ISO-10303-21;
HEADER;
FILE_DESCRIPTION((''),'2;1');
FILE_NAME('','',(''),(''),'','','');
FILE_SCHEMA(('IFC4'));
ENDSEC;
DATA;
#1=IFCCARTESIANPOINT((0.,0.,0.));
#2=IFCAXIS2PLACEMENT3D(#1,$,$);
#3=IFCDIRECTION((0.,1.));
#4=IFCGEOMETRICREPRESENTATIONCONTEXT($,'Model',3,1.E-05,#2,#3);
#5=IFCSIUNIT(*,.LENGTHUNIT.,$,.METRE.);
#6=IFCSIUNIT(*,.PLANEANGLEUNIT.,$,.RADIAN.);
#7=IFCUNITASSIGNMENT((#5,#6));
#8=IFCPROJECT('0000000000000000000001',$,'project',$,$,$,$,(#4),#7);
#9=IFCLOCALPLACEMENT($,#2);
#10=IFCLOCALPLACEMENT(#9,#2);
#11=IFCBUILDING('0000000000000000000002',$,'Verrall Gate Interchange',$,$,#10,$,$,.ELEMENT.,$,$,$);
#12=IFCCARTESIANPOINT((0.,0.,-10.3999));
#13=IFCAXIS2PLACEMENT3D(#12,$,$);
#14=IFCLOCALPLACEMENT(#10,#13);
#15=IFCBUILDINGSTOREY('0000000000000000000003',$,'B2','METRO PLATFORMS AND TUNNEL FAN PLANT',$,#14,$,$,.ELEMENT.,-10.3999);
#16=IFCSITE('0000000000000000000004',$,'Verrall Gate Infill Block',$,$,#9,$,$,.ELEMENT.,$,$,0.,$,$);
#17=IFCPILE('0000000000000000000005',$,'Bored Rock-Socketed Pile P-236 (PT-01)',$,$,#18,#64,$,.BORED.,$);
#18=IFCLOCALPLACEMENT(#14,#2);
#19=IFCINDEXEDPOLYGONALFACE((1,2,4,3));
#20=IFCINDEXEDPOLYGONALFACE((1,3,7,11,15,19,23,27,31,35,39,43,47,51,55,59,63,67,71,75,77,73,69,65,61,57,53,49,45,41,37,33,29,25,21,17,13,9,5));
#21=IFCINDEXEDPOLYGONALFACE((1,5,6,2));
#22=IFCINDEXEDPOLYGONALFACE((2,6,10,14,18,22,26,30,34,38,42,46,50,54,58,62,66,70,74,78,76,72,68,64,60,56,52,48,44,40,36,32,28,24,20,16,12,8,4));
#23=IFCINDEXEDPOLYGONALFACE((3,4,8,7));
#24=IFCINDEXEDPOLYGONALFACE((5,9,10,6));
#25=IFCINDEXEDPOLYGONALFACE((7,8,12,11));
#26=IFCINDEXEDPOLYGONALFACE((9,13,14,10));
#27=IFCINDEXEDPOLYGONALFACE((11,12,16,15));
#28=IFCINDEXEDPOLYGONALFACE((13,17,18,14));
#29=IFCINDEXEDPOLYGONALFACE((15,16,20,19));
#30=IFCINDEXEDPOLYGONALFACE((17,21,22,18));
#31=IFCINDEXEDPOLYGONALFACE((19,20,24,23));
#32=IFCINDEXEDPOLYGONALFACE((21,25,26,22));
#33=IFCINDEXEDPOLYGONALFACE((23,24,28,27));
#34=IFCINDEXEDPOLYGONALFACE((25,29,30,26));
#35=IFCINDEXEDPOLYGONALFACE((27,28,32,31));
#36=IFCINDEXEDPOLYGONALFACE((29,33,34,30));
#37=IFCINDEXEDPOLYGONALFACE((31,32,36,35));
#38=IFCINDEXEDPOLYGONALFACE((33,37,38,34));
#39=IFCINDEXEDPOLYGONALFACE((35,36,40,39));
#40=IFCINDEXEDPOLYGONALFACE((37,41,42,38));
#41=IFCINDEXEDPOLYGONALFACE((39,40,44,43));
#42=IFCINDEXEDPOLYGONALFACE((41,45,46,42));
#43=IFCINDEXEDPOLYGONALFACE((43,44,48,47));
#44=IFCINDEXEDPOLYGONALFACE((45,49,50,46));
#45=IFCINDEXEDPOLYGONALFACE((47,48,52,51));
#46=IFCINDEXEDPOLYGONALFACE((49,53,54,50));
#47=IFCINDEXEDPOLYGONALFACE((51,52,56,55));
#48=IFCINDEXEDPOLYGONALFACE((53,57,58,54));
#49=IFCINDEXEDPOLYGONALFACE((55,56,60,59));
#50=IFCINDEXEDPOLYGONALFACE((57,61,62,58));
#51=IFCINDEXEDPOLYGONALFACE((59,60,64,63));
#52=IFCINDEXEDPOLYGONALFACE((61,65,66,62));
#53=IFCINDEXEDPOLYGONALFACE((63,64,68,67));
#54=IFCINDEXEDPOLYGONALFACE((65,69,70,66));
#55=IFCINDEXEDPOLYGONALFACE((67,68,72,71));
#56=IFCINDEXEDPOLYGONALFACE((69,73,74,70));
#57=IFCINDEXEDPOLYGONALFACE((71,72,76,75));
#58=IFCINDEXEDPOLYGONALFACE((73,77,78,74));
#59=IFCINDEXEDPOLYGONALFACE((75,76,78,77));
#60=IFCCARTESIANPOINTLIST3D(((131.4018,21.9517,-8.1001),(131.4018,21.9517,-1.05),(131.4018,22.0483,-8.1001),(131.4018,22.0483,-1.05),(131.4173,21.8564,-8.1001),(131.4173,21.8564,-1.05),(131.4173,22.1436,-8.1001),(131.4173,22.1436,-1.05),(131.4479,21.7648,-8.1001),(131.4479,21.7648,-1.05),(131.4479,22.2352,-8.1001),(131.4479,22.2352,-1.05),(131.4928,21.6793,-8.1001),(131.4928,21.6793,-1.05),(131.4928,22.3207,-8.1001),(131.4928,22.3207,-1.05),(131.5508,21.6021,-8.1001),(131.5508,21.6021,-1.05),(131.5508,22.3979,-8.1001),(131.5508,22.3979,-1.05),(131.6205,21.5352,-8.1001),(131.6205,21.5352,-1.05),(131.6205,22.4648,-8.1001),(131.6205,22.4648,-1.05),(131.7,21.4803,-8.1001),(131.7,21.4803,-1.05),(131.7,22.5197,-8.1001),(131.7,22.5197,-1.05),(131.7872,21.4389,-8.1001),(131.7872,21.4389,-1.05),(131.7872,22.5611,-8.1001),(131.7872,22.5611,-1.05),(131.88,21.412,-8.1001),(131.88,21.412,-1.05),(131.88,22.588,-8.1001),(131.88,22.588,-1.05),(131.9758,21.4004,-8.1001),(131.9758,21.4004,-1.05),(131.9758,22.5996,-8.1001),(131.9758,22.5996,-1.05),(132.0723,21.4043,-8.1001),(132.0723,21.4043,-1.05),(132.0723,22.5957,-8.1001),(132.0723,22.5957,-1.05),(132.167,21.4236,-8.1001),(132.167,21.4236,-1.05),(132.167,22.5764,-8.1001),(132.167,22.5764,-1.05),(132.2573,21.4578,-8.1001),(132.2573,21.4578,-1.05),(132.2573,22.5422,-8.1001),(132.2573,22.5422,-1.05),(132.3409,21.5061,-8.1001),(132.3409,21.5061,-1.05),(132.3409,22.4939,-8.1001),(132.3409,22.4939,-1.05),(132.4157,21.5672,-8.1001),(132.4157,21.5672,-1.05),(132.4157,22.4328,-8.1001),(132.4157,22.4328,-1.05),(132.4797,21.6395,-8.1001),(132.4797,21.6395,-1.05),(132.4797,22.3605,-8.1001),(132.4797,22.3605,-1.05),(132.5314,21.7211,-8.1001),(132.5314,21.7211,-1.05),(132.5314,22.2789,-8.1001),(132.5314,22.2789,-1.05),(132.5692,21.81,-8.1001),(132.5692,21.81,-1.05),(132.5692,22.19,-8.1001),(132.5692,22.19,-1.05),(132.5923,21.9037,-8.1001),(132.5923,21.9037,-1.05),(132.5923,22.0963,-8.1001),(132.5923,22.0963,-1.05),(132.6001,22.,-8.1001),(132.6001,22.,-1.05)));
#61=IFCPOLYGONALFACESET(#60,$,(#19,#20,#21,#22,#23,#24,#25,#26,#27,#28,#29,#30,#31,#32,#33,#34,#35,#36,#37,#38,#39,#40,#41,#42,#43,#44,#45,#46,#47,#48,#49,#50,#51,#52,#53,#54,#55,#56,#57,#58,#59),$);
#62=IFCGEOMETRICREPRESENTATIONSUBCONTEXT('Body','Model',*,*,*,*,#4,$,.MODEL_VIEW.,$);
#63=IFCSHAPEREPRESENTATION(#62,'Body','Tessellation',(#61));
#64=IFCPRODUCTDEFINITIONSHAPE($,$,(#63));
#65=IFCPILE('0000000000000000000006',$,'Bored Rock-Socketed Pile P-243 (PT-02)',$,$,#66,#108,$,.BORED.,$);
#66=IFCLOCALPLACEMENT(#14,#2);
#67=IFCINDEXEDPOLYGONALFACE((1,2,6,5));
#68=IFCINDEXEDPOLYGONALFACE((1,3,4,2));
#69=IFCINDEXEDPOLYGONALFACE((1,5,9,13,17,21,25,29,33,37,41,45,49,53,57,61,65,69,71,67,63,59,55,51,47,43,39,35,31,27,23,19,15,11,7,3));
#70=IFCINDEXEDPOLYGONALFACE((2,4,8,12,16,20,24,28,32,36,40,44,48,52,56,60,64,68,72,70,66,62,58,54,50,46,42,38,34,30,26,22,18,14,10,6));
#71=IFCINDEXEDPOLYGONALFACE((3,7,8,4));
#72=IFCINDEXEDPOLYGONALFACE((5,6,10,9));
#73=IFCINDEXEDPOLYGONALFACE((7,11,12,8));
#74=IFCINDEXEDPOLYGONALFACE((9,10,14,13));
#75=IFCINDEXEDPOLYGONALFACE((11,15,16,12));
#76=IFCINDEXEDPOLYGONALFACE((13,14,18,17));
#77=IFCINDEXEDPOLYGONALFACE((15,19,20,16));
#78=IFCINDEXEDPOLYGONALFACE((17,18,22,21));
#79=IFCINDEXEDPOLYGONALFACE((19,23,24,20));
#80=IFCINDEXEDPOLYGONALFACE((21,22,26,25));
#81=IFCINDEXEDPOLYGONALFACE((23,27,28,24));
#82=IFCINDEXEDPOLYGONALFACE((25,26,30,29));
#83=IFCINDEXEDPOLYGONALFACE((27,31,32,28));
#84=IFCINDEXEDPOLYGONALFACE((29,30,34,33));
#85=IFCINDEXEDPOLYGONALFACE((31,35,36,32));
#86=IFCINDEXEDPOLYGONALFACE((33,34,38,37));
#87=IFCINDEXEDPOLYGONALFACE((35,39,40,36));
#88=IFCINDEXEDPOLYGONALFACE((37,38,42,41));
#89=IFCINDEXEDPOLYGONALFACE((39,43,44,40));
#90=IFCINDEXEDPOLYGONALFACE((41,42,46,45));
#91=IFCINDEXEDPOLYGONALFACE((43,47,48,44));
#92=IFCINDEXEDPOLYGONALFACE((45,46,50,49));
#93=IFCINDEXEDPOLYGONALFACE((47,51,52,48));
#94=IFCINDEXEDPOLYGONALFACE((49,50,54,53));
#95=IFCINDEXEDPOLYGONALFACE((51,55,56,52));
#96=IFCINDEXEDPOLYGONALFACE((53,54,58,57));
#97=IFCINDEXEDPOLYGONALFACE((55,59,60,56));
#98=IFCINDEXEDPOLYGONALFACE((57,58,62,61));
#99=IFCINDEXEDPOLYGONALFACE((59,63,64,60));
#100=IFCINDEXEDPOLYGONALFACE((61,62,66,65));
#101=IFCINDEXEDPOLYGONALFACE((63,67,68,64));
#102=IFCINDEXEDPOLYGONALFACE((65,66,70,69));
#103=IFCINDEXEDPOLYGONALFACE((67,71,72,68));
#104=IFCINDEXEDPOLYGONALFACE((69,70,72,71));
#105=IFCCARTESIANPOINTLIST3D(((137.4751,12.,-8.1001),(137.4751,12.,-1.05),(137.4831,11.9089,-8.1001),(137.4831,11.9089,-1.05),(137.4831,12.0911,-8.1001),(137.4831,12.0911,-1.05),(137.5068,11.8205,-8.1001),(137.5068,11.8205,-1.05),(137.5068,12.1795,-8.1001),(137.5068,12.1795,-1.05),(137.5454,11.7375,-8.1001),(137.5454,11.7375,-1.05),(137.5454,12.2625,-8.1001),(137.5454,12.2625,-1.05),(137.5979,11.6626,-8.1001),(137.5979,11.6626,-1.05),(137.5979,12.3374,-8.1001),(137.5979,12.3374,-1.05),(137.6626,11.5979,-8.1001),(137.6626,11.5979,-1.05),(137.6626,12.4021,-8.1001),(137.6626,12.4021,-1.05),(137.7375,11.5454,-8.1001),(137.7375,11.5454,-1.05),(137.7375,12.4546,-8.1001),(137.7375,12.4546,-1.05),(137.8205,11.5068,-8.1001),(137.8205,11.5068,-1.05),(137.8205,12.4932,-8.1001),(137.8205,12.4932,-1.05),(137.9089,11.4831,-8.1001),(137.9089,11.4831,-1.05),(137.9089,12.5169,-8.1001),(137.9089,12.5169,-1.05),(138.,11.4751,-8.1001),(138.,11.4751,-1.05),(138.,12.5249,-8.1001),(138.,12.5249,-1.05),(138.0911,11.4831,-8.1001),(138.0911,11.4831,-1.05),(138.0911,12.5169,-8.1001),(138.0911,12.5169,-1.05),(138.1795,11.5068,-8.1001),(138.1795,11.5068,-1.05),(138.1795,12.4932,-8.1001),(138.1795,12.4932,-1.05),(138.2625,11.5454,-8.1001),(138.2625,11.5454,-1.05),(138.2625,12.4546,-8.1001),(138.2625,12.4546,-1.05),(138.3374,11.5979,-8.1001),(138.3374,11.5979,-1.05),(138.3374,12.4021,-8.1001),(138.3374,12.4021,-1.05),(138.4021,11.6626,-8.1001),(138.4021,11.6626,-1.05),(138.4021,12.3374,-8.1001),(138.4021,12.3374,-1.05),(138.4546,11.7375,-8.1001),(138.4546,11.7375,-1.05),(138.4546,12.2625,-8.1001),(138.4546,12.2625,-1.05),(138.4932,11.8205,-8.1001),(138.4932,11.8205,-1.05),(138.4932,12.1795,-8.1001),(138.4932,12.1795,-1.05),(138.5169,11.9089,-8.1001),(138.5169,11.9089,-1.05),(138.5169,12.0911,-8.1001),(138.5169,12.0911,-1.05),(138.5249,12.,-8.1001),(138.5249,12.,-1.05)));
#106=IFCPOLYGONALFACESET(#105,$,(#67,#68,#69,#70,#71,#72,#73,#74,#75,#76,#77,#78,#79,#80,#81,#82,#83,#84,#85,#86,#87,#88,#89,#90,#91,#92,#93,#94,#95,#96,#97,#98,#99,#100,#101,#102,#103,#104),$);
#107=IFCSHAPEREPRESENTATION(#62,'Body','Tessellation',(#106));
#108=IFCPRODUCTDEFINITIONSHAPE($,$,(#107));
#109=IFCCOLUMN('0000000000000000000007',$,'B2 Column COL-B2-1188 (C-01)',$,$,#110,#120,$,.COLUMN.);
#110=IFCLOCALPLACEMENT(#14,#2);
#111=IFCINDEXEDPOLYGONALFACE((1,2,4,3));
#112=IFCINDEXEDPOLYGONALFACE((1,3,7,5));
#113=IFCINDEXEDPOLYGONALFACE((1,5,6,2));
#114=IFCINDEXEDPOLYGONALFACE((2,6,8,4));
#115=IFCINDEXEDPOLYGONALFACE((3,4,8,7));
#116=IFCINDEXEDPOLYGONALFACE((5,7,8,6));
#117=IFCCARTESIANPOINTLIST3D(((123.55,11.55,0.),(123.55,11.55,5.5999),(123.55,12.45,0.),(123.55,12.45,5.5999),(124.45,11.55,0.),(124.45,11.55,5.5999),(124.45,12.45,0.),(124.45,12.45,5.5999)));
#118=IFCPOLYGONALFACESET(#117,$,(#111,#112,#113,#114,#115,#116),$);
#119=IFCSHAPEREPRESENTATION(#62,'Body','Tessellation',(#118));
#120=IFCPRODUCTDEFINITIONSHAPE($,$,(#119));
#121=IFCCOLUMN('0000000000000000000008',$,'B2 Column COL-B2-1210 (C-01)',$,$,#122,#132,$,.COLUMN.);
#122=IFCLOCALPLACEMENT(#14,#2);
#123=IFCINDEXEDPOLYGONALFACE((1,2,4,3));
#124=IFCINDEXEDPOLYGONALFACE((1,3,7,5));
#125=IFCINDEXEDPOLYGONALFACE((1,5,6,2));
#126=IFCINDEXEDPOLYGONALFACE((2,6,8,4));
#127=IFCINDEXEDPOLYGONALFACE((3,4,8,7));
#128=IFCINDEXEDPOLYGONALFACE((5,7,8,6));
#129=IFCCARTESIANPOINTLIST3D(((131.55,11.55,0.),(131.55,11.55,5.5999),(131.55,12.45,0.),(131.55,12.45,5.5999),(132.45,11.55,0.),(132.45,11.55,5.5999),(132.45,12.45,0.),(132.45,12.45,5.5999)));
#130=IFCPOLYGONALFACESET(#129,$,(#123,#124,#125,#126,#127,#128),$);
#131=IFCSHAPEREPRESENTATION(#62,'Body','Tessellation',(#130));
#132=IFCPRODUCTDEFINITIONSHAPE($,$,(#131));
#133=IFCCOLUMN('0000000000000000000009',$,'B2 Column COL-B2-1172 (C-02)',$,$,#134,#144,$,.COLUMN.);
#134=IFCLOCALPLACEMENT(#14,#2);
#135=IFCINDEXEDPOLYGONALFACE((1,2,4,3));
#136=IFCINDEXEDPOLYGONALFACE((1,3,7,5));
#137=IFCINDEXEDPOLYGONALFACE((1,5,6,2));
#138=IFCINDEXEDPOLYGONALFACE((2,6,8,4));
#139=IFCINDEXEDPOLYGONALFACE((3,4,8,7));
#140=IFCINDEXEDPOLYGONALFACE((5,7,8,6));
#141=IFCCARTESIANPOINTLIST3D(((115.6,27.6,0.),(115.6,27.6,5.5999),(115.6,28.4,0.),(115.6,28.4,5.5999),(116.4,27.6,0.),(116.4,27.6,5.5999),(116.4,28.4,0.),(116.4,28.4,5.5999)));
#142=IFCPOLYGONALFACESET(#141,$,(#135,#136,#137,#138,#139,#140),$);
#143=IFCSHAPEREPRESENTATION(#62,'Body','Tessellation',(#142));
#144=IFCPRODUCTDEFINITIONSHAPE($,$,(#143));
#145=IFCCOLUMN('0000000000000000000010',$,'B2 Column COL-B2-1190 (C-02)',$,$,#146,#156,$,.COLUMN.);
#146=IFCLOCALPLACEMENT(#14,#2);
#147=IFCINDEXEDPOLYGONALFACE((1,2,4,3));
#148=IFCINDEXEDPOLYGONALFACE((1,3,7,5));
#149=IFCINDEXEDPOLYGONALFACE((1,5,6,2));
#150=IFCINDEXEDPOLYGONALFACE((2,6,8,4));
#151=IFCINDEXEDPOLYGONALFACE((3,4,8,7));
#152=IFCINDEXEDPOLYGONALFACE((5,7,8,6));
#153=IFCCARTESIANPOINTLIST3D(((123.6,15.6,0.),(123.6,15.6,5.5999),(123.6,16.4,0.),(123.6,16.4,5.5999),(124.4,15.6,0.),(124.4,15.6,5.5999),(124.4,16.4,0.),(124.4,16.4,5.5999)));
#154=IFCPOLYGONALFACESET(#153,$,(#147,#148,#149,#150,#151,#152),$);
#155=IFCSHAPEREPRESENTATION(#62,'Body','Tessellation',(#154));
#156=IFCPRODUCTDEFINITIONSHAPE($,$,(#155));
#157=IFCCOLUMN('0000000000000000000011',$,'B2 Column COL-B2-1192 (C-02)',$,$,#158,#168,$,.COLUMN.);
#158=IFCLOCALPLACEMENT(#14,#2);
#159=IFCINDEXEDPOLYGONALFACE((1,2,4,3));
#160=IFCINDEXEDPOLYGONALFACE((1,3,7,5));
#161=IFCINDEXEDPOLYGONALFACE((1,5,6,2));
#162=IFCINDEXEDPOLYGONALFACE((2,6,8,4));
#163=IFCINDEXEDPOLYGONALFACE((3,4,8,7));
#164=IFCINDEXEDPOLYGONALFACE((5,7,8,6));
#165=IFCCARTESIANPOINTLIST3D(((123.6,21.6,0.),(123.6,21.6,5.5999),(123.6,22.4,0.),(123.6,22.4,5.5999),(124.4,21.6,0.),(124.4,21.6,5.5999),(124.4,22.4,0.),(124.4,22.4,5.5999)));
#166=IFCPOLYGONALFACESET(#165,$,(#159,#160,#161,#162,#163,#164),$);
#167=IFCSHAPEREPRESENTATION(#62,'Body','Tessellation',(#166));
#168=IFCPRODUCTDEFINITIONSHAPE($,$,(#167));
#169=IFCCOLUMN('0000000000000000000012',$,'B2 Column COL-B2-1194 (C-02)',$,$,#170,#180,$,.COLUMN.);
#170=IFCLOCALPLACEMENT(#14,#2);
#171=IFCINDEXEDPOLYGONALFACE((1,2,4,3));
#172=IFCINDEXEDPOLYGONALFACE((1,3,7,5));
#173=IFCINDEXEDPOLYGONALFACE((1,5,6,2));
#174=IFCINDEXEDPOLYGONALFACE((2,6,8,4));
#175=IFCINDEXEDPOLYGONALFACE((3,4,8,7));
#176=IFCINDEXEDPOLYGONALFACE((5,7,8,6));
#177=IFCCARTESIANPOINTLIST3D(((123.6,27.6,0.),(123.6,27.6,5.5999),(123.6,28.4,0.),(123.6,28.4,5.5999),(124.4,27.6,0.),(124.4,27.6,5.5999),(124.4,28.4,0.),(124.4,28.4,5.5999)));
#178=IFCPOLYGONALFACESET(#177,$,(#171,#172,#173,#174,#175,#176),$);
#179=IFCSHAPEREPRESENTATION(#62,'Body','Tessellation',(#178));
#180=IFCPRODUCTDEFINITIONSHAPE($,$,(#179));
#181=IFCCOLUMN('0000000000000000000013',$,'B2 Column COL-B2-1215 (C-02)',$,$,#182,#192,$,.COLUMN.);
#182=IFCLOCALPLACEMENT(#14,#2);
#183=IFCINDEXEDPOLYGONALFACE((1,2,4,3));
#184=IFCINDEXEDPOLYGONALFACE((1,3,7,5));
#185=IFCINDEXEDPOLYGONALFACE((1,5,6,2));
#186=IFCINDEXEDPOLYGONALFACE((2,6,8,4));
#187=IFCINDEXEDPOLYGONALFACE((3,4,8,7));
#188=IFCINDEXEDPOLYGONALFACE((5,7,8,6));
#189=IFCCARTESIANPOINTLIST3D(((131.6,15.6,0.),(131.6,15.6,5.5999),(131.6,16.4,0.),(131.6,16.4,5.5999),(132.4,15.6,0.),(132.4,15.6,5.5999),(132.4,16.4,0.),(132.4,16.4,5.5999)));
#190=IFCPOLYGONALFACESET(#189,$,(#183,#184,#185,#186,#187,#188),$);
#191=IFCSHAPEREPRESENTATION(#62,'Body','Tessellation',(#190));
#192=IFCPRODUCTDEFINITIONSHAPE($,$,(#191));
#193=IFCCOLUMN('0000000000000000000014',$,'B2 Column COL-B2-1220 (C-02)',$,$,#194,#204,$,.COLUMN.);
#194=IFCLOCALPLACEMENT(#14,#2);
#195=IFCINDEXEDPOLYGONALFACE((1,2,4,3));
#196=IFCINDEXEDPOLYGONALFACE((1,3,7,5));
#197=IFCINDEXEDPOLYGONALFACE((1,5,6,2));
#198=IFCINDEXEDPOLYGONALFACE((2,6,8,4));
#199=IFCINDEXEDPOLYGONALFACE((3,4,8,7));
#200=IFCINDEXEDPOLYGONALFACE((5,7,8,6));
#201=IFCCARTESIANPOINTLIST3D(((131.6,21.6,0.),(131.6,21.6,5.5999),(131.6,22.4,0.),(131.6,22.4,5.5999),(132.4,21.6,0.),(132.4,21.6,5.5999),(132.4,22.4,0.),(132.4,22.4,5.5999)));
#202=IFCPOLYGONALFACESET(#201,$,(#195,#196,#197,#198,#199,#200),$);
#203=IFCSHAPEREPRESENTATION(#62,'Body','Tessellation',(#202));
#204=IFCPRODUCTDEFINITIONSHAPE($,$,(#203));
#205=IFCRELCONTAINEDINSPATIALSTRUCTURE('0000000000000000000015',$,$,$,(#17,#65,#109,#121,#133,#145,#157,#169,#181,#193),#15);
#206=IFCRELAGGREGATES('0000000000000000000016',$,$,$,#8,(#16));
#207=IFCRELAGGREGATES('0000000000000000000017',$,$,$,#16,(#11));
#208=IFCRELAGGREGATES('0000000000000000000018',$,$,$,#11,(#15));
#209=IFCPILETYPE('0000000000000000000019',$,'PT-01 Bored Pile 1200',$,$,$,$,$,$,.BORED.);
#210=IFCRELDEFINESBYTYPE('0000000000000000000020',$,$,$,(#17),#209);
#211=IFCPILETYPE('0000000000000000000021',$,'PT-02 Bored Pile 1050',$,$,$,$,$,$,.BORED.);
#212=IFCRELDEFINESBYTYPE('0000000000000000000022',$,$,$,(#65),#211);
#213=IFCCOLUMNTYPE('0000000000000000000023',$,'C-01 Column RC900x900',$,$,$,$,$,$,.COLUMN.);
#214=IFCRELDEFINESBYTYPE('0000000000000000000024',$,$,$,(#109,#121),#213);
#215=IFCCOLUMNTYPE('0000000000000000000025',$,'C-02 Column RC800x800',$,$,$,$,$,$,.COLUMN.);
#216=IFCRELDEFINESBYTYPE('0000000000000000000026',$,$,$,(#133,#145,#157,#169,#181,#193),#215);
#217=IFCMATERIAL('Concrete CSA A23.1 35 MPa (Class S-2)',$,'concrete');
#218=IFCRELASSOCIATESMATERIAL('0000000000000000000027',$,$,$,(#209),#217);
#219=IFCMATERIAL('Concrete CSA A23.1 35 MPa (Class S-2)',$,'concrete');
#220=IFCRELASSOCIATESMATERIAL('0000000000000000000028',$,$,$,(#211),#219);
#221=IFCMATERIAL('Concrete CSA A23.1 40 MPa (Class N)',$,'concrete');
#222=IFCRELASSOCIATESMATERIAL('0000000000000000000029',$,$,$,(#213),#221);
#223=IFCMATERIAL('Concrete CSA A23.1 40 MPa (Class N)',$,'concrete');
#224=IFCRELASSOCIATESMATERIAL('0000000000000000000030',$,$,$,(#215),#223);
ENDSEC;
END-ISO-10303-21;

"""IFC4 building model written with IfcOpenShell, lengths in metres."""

from ifc_helpers import new_model, si_unit, direction, frame, origin, origin_2d, place, context, subcontext, project, spatial, rectangle, circle, extrude, material, material_profile, profile_set, type_object, element, save


model = new_model("IFC4")

# Units and contexts
model_context = context("Model", 3, precision=1e-05, world=origin(), true_north=direction((0.0, 1.0)))
body_context = subcontext(model_context, "Body", "Model", "MODEL_VIEW")
ifc_project = project(units=[si_unit("LENGTHUNIT", "METRE"), si_unit("PLANEANGLEUNIT", "RADIAN")], contexts=[model_context])

# Site, building, storey
site_placement = place(None, origin())
site = spatial("IfcSite", under=ifc_project, at=site_placement, Name="Verrall Gate Infill Block", CompositionType="ELEMENT", RefElevation=0.0)
building_placement = place(site_placement, origin())
building = spatial("IfcBuilding", under=site, at=building_placement, Name="Verrall Gate Interchange", CompositionType="ELEMENT")
storey_placement = place(building_placement, frame((0.0, 0.0, -10.3999)))
storey = spatial("IfcBuildingStorey", under=building, at=storey_placement, Name="B2", Description="METRO PLATFORMS AND TUNNEL FAN PLANT", CompositionType="ELEMENT", Elevation=-10.3999)

# Piles
ifc_material_1 = material(Name="Concrete CSA A23.1 35 MPa (Class S-2)", Category="concrete")
ifc_material_profile_1 = material_profile(ifc_material_1, circle(Radius=0.6001, at=origin_2d()), Name="PILE1200D")
ifc_profile_set_1 = profile_set([ifc_material_profile_1], Name="Concrete CSA A23.1 35 MPa (Class S-2)")
pile_type_1 = type_object("IfcPileType", Name="PT-01 Bored Pile 1200", PredefinedType="BORED", material=ifc_profile_set_1)
for number, where, z_axis, x_axis, name in (
    (1, (132.0, 22.0, -1.05), (0.0, 0.0, -1.0), (1.0, 0.0, 0.0), "Bored Rock-Socketed Pile P-236 (PT-01)"),
):
    element("IfcPile", number, at=place(storey_placement, frame(where, z_axis=z_axis, x_axis=x_axis)), inside=storey, type_object=pile_type_1, Name=name, PredefinedType="BORED", context=body_context, shape_type="SweptSolid", body=[
        extrude(circle(Radius=0.6001, at=origin_2d()), origin(), (0.0, 0.0, 1.0), 7.05),
    ])
ifc_material_2 = material(Name="Concrete CSA A23.1 35 MPa (Class S-2)", Category="concrete")
ifc_material_profile_2 = material_profile(ifc_material_2, circle(Radius=0.5249, at=origin_2d()), Name="PILE1050D")
ifc_profile_set_2 = profile_set([ifc_material_profile_2], Name="Concrete CSA A23.1 35 MPa (Class S-2)")
pile_type_2 = type_object("IfcPileType", Name="PT-02 Bored Pile 1050", PredefinedType="BORED", material=ifc_profile_set_2)
pile_placement = place(storey_placement, frame((138.0, 12.0, -1.05), z_axis=(0.0, 0.0, -1.0), x_axis=(1.0, 0.0, 0.0)))
element("IfcPile", 2, at=pile_placement, inside=storey, type_object=pile_type_2, Name="Bored Rock-Socketed Pile P-243 (PT-02)", PredefinedType="BORED", context=body_context, shape_type="SweptSolid", body=[
    extrude(circle(Radius=0.5249, at=origin_2d()), origin(), (0.0, 0.0, 1.0), 7.05),
])

# Columns
ifc_material_3 = material(Name="Concrete CSA A23.1 40 MPa (Class N)", Category="concrete")
ifc_material_profile_3 = material_profile(ifc_material_3, rectangle(XDim=0.8999, YDim=0.8999, at=origin_2d()), Name="RC900x900")
ifc_profile_set_3 = profile_set([ifc_material_profile_3], Name="Concrete CSA A23.1 40 MPa (Class N)")
column_type_1 = type_object("IfcColumnType", Name="C-01 Column RC900x900", PredefinedType="COLUMN", material=ifc_profile_set_3)
for number, where, z_axis, x_axis, name in (
    (3, (124.0, 12.0, 0.0), (0.0, 0.0, 1.0), (1.0, 0.0, 0.0), "B2 Column COL-B2-1188 (C-01)"),
    (4, (132.0, 12.0, 0.0), (0.0, 0.0, 1.0), (1.0, 0.0, 0.0), "B2 Column COL-B2-1210 (C-01)"),
):
    element("IfcColumn", number, at=place(storey_placement, frame(where, z_axis=z_axis, x_axis=x_axis)), inside=storey, type_object=column_type_1, Name=name, PredefinedType="COLUMN", context=body_context, shape_type="SweptSolid", body=[
        extrude(rectangle(XDim=0.8999, YDim=0.8999, at=origin_2d()), origin(), (0.0, 0.0, 1.0), 5.5999),
    ])
ifc_material_4 = material(Name="Concrete CSA A23.1 40 MPa (Class N)", Category="concrete")
ifc_material_profile_4 = material_profile(ifc_material_4, rectangle(XDim=0.8, YDim=0.8, at=origin_2d()), Name="RC800x800")
ifc_profile_set_4 = profile_set([ifc_material_profile_4], Name="Concrete CSA A23.1 40 MPa (Class N)")
column_type_2 = type_object("IfcColumnType", Name="C-02 Column RC800x800", PredefinedType="COLUMN", material=ifc_profile_set_4)
for number, where, z_axis, x_axis, name in (
    (5, (116.0, 28.0, 0.0), (0.0, 0.0, 1.0), (1.0, 0.0, 0.0), "B2 Column COL-B2-1172 (C-02)"),
    (6, (124.0, 16.0, 0.0), (0.0, 0.0, 1.0), (1.0, 0.0, 0.0), "B2 Column COL-B2-1190 (C-02)"),
    (7, (124.0, 22.0, 0.0), (0.0, 0.0, 1.0), (1.0, 0.0, 0.0), "B2 Column COL-B2-1192 (C-02)"),
    (8, (124.0, 28.0, 0.0), (0.0, 0.0, 1.0), (1.0, 0.0, 0.0), "B2 Column COL-B2-1194 (C-02)"),
    (9, (132.0, 16.0, 0.0), (0.0, 0.0, 1.0), (1.0, 0.0, 0.0), "B2 Column COL-B2-1215 (C-02)"),
    (10, (132.0, 22.0, 0.0), (0.0, 0.0, 1.0), (1.0, 0.0, 0.0), "B2 Column COL-B2-1220 (C-02)"),
):
    element("IfcColumn", number, at=place(storey_placement, frame(where, z_axis=z_axis, x_axis=x_axis)), inside=storey, type_object=column_type_2, Name=name, PredefinedType="COLUMN", context=body_context, shape_type="SweptSolid", body=[
        extrude(rectangle(XDim=0.8, YDim=0.8, at=origin_2d()), origin(), (0.0, 0.0, 1.0), 5.5999),
    ])

save(model, "model.ifc")
